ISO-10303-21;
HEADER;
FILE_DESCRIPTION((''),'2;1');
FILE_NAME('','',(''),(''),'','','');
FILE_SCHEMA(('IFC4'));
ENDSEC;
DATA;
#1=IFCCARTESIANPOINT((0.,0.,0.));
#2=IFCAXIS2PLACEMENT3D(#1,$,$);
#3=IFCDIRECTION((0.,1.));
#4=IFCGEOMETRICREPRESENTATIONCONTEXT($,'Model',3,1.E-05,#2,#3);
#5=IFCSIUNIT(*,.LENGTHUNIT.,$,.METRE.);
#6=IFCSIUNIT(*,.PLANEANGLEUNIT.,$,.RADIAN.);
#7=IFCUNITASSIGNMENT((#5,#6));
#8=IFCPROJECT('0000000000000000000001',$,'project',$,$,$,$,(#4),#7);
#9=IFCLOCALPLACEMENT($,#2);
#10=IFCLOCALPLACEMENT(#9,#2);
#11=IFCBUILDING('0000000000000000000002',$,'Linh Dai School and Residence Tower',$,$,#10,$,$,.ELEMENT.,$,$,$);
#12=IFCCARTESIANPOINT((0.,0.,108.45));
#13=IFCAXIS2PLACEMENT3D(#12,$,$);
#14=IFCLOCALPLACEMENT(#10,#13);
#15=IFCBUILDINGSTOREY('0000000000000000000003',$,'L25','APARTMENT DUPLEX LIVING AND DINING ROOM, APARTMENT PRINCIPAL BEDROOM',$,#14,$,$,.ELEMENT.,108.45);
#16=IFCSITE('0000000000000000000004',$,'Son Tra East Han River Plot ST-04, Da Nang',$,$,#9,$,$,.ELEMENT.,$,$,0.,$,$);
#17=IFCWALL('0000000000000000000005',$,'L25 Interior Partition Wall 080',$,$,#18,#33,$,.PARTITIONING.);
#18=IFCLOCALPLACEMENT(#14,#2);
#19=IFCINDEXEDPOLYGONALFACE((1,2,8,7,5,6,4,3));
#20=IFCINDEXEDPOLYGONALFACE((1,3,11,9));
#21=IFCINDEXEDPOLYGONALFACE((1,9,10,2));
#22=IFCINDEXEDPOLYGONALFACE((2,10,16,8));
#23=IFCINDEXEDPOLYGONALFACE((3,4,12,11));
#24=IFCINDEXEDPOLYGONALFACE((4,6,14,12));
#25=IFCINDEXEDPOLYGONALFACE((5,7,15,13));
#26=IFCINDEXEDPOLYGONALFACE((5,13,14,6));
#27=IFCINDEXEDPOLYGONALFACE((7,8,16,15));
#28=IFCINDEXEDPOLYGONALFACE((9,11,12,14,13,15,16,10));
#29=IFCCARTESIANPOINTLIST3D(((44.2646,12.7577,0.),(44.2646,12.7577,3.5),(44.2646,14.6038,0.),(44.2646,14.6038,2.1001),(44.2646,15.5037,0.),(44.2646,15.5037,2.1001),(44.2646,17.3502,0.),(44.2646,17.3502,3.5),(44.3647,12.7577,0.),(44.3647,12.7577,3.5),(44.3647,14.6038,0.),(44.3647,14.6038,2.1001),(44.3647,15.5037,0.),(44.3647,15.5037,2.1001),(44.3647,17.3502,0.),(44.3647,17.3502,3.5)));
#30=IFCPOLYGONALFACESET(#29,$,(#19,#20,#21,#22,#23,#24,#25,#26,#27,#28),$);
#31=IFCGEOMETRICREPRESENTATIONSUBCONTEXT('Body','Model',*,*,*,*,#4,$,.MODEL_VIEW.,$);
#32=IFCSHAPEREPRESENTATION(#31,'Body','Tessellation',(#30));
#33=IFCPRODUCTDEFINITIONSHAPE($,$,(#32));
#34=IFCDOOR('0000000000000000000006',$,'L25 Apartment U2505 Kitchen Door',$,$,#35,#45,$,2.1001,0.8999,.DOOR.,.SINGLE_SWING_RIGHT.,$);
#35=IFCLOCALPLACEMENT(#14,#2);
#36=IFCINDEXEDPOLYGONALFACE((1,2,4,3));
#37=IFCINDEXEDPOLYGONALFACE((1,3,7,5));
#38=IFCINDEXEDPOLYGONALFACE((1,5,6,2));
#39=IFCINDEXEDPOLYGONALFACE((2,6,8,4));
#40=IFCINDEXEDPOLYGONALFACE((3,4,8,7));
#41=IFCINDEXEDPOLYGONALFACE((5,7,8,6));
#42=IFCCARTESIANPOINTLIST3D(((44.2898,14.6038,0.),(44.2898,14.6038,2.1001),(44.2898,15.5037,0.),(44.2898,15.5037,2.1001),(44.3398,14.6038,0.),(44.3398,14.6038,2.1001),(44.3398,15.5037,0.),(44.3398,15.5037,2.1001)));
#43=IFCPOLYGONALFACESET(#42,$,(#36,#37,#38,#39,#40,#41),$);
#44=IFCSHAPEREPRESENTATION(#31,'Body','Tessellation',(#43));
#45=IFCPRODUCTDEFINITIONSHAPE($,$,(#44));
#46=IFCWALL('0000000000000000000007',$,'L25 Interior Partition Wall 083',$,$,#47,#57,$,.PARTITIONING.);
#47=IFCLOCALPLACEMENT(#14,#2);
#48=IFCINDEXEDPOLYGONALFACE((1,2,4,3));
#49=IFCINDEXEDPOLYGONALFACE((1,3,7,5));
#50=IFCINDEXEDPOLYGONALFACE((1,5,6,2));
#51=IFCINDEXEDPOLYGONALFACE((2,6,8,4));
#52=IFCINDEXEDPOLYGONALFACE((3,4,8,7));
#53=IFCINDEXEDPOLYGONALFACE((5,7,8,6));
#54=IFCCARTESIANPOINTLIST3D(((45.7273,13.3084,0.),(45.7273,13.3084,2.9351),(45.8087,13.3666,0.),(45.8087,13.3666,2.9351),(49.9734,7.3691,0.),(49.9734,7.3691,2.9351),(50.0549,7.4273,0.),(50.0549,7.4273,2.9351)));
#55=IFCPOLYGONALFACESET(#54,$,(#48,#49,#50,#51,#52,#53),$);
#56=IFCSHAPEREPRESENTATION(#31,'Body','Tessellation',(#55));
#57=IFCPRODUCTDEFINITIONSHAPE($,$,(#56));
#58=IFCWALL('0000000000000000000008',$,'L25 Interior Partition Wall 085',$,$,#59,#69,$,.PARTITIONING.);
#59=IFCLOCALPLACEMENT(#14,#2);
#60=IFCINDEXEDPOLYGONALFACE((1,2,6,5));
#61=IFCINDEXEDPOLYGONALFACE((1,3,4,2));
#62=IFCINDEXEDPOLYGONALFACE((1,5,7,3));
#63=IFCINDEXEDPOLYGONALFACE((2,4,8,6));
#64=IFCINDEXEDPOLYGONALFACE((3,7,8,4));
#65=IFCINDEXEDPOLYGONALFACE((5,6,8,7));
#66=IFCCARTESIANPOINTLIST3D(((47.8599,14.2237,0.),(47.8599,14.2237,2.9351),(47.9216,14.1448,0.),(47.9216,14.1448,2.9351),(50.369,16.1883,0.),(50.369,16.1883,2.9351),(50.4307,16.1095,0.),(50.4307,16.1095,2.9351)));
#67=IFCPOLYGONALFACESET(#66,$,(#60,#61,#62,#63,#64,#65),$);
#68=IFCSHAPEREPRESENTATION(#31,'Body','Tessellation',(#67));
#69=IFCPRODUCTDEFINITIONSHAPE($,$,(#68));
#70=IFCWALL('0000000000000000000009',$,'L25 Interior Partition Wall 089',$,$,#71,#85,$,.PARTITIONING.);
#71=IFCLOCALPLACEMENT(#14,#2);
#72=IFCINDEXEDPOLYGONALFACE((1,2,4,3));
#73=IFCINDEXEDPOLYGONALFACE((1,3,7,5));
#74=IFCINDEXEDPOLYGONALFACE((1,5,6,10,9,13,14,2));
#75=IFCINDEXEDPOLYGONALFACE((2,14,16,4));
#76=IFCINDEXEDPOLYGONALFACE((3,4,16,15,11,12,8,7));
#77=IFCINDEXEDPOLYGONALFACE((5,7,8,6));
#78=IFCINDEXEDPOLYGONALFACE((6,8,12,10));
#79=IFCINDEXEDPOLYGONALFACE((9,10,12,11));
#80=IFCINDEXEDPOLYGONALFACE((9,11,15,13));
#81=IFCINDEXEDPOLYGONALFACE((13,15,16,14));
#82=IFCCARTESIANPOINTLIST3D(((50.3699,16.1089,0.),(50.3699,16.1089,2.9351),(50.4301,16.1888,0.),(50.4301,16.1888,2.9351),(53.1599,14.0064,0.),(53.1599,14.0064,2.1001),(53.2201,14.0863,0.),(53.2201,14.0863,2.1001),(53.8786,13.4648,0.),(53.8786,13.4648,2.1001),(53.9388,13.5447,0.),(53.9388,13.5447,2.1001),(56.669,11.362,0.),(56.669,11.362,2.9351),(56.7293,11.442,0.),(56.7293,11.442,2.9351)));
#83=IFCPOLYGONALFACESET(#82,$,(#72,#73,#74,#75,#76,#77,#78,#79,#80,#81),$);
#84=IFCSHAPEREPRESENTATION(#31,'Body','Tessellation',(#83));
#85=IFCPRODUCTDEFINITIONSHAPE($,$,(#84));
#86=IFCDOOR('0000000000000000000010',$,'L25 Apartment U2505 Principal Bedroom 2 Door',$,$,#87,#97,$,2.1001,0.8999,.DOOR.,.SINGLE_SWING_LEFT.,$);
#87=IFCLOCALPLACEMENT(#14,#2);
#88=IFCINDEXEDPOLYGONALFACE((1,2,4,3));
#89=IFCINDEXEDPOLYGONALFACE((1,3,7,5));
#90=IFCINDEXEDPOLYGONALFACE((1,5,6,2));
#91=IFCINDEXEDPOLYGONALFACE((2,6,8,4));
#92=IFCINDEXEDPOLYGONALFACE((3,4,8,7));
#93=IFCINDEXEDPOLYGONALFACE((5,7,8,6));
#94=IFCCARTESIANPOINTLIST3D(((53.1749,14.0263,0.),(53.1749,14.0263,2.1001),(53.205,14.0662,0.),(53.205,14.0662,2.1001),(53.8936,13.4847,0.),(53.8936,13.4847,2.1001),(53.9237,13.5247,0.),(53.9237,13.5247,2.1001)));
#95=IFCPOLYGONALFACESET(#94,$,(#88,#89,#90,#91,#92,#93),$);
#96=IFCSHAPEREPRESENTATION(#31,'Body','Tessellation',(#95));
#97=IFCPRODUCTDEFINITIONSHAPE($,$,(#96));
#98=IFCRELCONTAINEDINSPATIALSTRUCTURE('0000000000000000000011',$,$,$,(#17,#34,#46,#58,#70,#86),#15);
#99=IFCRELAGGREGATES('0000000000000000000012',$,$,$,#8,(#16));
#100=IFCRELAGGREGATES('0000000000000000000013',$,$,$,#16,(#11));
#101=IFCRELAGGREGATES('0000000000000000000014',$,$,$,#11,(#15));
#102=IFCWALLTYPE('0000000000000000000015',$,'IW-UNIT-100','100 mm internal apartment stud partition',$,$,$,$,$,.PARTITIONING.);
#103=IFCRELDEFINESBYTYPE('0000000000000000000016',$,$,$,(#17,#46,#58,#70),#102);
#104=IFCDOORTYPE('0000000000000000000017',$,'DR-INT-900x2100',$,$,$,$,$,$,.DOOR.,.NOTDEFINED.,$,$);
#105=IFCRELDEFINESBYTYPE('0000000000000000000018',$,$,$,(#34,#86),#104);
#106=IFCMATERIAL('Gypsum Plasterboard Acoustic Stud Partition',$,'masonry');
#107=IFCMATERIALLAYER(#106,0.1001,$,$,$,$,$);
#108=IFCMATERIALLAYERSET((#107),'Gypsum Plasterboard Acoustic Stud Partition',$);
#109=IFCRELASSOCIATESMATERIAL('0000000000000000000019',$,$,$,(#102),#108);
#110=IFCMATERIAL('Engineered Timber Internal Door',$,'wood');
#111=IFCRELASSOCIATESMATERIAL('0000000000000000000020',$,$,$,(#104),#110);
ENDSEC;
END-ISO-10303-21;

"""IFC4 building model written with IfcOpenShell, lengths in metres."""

from ifc_helpers import new_model, si_unit, direction, frame, frame_2d, origin, origin_2d, place, context, subcontext, project, spatial, rectangle, extrude, source, transform, mapped, material, layer, layer_set, type_object, element, fill, save


model = new_model("IFC4")

# Units and contexts
model_context = context("Model", 3, precision=1e-05, world=origin(), true_north=direction((0.0, 1.0)))
body_context = subcontext(model_context, "Body", "Model", "MODEL_VIEW")
ifc_project = project(units=[si_unit("LENGTHUNIT", "METRE"), si_unit("PLANEANGLEUNIT", "RADIAN")], contexts=[model_context])

# Site, building, storey
site_placement = place(None, origin())
site = spatial("IfcSite", under=ifc_project, at=site_placement, Name="Son Tra East Han River Plot ST-04, Da Nang", CompositionType="ELEMENT", RefElevation=0.0)
building_placement = place(site_placement, origin())
building = spatial("IfcBuilding", under=site, at=building_placement, Name="Linh Dai School and Residence Tower", CompositionType="ELEMENT")
storey_placement = place(building_placement, frame((0.0, 0.0, 108.45)))
storey = spatial("IfcBuildingStorey", under=building, at=storey_placement, Name="L25", Description="APARTMENT DUPLEX LIVING AND DINING ROOM, APARTMENT PRINCIPAL BEDROOM", CompositionType="ELEMENT", Elevation=108.45)

# Wall, opening, door
ifc_material_1 = material(Name="Gypsum Plasterboard Acoustic Stud Partition", Category="masonry")
ifc_layer_1 = layer(ifc_material_1, 0.1001)
ifc_layer_set_1 = layer_set([ifc_layer_1], Name="Gypsum Plasterboard Acoustic Stud Partition")
wall_type_1 = type_object("IfcWallType", Name="IW-UNIT-100", Description="100 mm internal apartment stud partition", PredefinedType="PARTITIONING", material=ifc_layer_set_1)
wall_1_placement = place(storey_placement, frame((44.3147, 12.7576, 0.0), z_axis=(0.0, 0.0, 1.0), x_axis=(0.0, 1.0, 0.0)))
wall_1 = element("IfcWall", 1, at=wall_1_placement, inside=storey, type_object=wall_type_1, Name="L25 Interior Partition Wall 080", PredefinedType="PARTITIONING", context=body_context, shape_type="SweptSolid", body=[
    extrude(rectangle(XDim=4.5925, YDim=0.1001, at=frame_2d((2.2964, 0.0))), origin(), (0.0, 0.0, 1.0), 3.5),
])
opening_1_placement = place(wall_1_placement, frame((1.8462, 0.0, 0.0)))
opening_1 = element("IfcOpeningElement", 2, at=opening_1_placement, cuts=wall_1, PredefinedType="OPENING", context=body_context, shape_type="SweptSolid", body=[
    extrude(rectangle(XDim=0.8999, YDim=2.1001, at=origin_2d()), frame((0.45, 0.0601, 1.05), z_axis=(0.0, -1.0, 0.0), x_axis=(1.0, 0.0, 0.0)), (0.0, 0.0, 1.0), 0.1201),
])
ifc_material_2 = material(Name="Engineered Timber Internal Door", Category="wood")
door_type_1 = type_object("IfcDoorType", Name="DR-INT-900x2100", OperationType="NOTDEFINED", PredefinedType="DOOR", material=ifc_material_2)
shared_shape_1 = source(origin(), body_context, "Body", "SweptSolid", [
    extrude(rectangle(XDim=0.8999, YDim=2.1001, at=origin_2d()), frame((0.45, 0.0249, 1.05), z_axis=(0.0, -1.0, 0.0), x_axis=(1.0, 0.0, 0.0)), (0.0, 0.0, 1.0), 0.05),
])
door_1_placement = place(opening_1_placement, origin())
door_1 = element("IfcDoor", 3, at=door_1_placement, inside=storey, type_object=door_type_1, Name="L25 Apartment U2505 Kitchen Door", OperationType="SINGLE_SWING_RIGHT", OverallHeight=2.1001, OverallWidth=0.8999, PredefinedType="DOOR", context=body_context, shape_type="MappedRepresentation", body=[
    mapped(shared_shape_1, transform((0.0, 0.0, 0.0), x_axis=(1.0, 0.0, 0.0), y_axis=(0.0, 1.0, 0.0), z_axis=(0.0, 0.0, 1.0), scale=1.0)),
])
fill(opening_1, door_1)

# Walls
wall_2_placement = place(storey_placement, frame((45.7681, 13.3374, 0.0), z_axis=(0.0, 0.0, 1.0), x_axis=(0.581583, -0.813487, 0.0)))
element("IfcWall", 4, at=wall_2_placement, inside=storey, type_object=wall_type_1, Name="L25 Interior Partition Wall 083", PredefinedType="PARTITIONING", context=body_context, shape_type="SweptSolid", body=[
    extrude(rectangle(XDim=7.301, YDim=0.1001, at=frame_2d((3.6504, 0.0))), origin(), (0.0, 0.0, 1.0), 2.9351),
])
wall_3_placement = place(storey_placement, frame((47.8909, 14.1843, 0.0), z_axis=(0.0, 0.0, 1.0), x_axis=(0.787351, 0.616504, 0.0)))
element("IfcWall", 5, at=wall_3_placement, inside=storey, type_object=wall_type_1, Name="L25 Interior Partition Wall 085", PredefinedType="PARTITIONING", context=body_context, shape_type="SweptSolid", body=[
    extrude(rectangle(XDim=3.1868, YDim=0.1001, at=frame_2d((1.5933, 0.0))), origin(), (0.0, 0.0, 1.0), 2.9351),
])

# Wall, opening, door
wall_4_placement = place(storey_placement, frame((50.3999, 16.1489, 0.0), z_axis=(0.0, 0.0, 1.0), x_axis=(0.798627, -0.601826, 0.0)))
wall_4 = element("IfcWall", 6, at=wall_4_placement, inside=storey, type_object=wall_type_1, Name="L25 Interior Partition Wall 089", PredefinedType="PARTITIONING", context=body_context, shape_type="SweptSolid", body=[
    extrude(rectangle(XDim=7.8875, YDim=0.1001, at=frame_2d((3.9438, 0.0))), origin(), (0.0, 0.0, 1.0), 2.9351),
])
opening_2_placement = place(wall_4_placement, frame((3.4937, 0.0, 0.0)))
opening_2 = element("IfcOpeningElement", 7, at=opening_2_placement, cuts=wall_4, PredefinedType="OPENING", context=body_context, shape_type="SweptSolid", body=[
    extrude(rectangle(XDim=0.8999, YDim=2.1001, at=origin_2d()), frame((0.45, 0.0601, 1.05), z_axis=(0.0, -1.0, 0.0), x_axis=(1.0, 0.0, 0.0)), (0.0, 0.0, 1.0), 0.1201),
])
door_2_placement = place(opening_2_placement, origin())
door_2 = element("IfcDoor", 8, at=door_2_placement, inside=storey, type_object=door_type_1, Name="L25 Apartment U2505 Principal Bedroom 2 Door", OperationType="SINGLE_SWING_LEFT", OverallHeight=2.1001, OverallWidth=0.8999, PredefinedType="DOOR", context=body_context, shape_type="MappedRepresentation", body=[
    mapped(shared_shape_1, transform((0.0, 0.0, 0.0), x_axis=(1.0, 0.0, 0.0), y_axis=(0.0, 1.0, 0.0), z_axis=(0.0, 0.0, 1.0), scale=1.0)),
])
fill(opening_2, door_2)

save(model, "model.ifc")
